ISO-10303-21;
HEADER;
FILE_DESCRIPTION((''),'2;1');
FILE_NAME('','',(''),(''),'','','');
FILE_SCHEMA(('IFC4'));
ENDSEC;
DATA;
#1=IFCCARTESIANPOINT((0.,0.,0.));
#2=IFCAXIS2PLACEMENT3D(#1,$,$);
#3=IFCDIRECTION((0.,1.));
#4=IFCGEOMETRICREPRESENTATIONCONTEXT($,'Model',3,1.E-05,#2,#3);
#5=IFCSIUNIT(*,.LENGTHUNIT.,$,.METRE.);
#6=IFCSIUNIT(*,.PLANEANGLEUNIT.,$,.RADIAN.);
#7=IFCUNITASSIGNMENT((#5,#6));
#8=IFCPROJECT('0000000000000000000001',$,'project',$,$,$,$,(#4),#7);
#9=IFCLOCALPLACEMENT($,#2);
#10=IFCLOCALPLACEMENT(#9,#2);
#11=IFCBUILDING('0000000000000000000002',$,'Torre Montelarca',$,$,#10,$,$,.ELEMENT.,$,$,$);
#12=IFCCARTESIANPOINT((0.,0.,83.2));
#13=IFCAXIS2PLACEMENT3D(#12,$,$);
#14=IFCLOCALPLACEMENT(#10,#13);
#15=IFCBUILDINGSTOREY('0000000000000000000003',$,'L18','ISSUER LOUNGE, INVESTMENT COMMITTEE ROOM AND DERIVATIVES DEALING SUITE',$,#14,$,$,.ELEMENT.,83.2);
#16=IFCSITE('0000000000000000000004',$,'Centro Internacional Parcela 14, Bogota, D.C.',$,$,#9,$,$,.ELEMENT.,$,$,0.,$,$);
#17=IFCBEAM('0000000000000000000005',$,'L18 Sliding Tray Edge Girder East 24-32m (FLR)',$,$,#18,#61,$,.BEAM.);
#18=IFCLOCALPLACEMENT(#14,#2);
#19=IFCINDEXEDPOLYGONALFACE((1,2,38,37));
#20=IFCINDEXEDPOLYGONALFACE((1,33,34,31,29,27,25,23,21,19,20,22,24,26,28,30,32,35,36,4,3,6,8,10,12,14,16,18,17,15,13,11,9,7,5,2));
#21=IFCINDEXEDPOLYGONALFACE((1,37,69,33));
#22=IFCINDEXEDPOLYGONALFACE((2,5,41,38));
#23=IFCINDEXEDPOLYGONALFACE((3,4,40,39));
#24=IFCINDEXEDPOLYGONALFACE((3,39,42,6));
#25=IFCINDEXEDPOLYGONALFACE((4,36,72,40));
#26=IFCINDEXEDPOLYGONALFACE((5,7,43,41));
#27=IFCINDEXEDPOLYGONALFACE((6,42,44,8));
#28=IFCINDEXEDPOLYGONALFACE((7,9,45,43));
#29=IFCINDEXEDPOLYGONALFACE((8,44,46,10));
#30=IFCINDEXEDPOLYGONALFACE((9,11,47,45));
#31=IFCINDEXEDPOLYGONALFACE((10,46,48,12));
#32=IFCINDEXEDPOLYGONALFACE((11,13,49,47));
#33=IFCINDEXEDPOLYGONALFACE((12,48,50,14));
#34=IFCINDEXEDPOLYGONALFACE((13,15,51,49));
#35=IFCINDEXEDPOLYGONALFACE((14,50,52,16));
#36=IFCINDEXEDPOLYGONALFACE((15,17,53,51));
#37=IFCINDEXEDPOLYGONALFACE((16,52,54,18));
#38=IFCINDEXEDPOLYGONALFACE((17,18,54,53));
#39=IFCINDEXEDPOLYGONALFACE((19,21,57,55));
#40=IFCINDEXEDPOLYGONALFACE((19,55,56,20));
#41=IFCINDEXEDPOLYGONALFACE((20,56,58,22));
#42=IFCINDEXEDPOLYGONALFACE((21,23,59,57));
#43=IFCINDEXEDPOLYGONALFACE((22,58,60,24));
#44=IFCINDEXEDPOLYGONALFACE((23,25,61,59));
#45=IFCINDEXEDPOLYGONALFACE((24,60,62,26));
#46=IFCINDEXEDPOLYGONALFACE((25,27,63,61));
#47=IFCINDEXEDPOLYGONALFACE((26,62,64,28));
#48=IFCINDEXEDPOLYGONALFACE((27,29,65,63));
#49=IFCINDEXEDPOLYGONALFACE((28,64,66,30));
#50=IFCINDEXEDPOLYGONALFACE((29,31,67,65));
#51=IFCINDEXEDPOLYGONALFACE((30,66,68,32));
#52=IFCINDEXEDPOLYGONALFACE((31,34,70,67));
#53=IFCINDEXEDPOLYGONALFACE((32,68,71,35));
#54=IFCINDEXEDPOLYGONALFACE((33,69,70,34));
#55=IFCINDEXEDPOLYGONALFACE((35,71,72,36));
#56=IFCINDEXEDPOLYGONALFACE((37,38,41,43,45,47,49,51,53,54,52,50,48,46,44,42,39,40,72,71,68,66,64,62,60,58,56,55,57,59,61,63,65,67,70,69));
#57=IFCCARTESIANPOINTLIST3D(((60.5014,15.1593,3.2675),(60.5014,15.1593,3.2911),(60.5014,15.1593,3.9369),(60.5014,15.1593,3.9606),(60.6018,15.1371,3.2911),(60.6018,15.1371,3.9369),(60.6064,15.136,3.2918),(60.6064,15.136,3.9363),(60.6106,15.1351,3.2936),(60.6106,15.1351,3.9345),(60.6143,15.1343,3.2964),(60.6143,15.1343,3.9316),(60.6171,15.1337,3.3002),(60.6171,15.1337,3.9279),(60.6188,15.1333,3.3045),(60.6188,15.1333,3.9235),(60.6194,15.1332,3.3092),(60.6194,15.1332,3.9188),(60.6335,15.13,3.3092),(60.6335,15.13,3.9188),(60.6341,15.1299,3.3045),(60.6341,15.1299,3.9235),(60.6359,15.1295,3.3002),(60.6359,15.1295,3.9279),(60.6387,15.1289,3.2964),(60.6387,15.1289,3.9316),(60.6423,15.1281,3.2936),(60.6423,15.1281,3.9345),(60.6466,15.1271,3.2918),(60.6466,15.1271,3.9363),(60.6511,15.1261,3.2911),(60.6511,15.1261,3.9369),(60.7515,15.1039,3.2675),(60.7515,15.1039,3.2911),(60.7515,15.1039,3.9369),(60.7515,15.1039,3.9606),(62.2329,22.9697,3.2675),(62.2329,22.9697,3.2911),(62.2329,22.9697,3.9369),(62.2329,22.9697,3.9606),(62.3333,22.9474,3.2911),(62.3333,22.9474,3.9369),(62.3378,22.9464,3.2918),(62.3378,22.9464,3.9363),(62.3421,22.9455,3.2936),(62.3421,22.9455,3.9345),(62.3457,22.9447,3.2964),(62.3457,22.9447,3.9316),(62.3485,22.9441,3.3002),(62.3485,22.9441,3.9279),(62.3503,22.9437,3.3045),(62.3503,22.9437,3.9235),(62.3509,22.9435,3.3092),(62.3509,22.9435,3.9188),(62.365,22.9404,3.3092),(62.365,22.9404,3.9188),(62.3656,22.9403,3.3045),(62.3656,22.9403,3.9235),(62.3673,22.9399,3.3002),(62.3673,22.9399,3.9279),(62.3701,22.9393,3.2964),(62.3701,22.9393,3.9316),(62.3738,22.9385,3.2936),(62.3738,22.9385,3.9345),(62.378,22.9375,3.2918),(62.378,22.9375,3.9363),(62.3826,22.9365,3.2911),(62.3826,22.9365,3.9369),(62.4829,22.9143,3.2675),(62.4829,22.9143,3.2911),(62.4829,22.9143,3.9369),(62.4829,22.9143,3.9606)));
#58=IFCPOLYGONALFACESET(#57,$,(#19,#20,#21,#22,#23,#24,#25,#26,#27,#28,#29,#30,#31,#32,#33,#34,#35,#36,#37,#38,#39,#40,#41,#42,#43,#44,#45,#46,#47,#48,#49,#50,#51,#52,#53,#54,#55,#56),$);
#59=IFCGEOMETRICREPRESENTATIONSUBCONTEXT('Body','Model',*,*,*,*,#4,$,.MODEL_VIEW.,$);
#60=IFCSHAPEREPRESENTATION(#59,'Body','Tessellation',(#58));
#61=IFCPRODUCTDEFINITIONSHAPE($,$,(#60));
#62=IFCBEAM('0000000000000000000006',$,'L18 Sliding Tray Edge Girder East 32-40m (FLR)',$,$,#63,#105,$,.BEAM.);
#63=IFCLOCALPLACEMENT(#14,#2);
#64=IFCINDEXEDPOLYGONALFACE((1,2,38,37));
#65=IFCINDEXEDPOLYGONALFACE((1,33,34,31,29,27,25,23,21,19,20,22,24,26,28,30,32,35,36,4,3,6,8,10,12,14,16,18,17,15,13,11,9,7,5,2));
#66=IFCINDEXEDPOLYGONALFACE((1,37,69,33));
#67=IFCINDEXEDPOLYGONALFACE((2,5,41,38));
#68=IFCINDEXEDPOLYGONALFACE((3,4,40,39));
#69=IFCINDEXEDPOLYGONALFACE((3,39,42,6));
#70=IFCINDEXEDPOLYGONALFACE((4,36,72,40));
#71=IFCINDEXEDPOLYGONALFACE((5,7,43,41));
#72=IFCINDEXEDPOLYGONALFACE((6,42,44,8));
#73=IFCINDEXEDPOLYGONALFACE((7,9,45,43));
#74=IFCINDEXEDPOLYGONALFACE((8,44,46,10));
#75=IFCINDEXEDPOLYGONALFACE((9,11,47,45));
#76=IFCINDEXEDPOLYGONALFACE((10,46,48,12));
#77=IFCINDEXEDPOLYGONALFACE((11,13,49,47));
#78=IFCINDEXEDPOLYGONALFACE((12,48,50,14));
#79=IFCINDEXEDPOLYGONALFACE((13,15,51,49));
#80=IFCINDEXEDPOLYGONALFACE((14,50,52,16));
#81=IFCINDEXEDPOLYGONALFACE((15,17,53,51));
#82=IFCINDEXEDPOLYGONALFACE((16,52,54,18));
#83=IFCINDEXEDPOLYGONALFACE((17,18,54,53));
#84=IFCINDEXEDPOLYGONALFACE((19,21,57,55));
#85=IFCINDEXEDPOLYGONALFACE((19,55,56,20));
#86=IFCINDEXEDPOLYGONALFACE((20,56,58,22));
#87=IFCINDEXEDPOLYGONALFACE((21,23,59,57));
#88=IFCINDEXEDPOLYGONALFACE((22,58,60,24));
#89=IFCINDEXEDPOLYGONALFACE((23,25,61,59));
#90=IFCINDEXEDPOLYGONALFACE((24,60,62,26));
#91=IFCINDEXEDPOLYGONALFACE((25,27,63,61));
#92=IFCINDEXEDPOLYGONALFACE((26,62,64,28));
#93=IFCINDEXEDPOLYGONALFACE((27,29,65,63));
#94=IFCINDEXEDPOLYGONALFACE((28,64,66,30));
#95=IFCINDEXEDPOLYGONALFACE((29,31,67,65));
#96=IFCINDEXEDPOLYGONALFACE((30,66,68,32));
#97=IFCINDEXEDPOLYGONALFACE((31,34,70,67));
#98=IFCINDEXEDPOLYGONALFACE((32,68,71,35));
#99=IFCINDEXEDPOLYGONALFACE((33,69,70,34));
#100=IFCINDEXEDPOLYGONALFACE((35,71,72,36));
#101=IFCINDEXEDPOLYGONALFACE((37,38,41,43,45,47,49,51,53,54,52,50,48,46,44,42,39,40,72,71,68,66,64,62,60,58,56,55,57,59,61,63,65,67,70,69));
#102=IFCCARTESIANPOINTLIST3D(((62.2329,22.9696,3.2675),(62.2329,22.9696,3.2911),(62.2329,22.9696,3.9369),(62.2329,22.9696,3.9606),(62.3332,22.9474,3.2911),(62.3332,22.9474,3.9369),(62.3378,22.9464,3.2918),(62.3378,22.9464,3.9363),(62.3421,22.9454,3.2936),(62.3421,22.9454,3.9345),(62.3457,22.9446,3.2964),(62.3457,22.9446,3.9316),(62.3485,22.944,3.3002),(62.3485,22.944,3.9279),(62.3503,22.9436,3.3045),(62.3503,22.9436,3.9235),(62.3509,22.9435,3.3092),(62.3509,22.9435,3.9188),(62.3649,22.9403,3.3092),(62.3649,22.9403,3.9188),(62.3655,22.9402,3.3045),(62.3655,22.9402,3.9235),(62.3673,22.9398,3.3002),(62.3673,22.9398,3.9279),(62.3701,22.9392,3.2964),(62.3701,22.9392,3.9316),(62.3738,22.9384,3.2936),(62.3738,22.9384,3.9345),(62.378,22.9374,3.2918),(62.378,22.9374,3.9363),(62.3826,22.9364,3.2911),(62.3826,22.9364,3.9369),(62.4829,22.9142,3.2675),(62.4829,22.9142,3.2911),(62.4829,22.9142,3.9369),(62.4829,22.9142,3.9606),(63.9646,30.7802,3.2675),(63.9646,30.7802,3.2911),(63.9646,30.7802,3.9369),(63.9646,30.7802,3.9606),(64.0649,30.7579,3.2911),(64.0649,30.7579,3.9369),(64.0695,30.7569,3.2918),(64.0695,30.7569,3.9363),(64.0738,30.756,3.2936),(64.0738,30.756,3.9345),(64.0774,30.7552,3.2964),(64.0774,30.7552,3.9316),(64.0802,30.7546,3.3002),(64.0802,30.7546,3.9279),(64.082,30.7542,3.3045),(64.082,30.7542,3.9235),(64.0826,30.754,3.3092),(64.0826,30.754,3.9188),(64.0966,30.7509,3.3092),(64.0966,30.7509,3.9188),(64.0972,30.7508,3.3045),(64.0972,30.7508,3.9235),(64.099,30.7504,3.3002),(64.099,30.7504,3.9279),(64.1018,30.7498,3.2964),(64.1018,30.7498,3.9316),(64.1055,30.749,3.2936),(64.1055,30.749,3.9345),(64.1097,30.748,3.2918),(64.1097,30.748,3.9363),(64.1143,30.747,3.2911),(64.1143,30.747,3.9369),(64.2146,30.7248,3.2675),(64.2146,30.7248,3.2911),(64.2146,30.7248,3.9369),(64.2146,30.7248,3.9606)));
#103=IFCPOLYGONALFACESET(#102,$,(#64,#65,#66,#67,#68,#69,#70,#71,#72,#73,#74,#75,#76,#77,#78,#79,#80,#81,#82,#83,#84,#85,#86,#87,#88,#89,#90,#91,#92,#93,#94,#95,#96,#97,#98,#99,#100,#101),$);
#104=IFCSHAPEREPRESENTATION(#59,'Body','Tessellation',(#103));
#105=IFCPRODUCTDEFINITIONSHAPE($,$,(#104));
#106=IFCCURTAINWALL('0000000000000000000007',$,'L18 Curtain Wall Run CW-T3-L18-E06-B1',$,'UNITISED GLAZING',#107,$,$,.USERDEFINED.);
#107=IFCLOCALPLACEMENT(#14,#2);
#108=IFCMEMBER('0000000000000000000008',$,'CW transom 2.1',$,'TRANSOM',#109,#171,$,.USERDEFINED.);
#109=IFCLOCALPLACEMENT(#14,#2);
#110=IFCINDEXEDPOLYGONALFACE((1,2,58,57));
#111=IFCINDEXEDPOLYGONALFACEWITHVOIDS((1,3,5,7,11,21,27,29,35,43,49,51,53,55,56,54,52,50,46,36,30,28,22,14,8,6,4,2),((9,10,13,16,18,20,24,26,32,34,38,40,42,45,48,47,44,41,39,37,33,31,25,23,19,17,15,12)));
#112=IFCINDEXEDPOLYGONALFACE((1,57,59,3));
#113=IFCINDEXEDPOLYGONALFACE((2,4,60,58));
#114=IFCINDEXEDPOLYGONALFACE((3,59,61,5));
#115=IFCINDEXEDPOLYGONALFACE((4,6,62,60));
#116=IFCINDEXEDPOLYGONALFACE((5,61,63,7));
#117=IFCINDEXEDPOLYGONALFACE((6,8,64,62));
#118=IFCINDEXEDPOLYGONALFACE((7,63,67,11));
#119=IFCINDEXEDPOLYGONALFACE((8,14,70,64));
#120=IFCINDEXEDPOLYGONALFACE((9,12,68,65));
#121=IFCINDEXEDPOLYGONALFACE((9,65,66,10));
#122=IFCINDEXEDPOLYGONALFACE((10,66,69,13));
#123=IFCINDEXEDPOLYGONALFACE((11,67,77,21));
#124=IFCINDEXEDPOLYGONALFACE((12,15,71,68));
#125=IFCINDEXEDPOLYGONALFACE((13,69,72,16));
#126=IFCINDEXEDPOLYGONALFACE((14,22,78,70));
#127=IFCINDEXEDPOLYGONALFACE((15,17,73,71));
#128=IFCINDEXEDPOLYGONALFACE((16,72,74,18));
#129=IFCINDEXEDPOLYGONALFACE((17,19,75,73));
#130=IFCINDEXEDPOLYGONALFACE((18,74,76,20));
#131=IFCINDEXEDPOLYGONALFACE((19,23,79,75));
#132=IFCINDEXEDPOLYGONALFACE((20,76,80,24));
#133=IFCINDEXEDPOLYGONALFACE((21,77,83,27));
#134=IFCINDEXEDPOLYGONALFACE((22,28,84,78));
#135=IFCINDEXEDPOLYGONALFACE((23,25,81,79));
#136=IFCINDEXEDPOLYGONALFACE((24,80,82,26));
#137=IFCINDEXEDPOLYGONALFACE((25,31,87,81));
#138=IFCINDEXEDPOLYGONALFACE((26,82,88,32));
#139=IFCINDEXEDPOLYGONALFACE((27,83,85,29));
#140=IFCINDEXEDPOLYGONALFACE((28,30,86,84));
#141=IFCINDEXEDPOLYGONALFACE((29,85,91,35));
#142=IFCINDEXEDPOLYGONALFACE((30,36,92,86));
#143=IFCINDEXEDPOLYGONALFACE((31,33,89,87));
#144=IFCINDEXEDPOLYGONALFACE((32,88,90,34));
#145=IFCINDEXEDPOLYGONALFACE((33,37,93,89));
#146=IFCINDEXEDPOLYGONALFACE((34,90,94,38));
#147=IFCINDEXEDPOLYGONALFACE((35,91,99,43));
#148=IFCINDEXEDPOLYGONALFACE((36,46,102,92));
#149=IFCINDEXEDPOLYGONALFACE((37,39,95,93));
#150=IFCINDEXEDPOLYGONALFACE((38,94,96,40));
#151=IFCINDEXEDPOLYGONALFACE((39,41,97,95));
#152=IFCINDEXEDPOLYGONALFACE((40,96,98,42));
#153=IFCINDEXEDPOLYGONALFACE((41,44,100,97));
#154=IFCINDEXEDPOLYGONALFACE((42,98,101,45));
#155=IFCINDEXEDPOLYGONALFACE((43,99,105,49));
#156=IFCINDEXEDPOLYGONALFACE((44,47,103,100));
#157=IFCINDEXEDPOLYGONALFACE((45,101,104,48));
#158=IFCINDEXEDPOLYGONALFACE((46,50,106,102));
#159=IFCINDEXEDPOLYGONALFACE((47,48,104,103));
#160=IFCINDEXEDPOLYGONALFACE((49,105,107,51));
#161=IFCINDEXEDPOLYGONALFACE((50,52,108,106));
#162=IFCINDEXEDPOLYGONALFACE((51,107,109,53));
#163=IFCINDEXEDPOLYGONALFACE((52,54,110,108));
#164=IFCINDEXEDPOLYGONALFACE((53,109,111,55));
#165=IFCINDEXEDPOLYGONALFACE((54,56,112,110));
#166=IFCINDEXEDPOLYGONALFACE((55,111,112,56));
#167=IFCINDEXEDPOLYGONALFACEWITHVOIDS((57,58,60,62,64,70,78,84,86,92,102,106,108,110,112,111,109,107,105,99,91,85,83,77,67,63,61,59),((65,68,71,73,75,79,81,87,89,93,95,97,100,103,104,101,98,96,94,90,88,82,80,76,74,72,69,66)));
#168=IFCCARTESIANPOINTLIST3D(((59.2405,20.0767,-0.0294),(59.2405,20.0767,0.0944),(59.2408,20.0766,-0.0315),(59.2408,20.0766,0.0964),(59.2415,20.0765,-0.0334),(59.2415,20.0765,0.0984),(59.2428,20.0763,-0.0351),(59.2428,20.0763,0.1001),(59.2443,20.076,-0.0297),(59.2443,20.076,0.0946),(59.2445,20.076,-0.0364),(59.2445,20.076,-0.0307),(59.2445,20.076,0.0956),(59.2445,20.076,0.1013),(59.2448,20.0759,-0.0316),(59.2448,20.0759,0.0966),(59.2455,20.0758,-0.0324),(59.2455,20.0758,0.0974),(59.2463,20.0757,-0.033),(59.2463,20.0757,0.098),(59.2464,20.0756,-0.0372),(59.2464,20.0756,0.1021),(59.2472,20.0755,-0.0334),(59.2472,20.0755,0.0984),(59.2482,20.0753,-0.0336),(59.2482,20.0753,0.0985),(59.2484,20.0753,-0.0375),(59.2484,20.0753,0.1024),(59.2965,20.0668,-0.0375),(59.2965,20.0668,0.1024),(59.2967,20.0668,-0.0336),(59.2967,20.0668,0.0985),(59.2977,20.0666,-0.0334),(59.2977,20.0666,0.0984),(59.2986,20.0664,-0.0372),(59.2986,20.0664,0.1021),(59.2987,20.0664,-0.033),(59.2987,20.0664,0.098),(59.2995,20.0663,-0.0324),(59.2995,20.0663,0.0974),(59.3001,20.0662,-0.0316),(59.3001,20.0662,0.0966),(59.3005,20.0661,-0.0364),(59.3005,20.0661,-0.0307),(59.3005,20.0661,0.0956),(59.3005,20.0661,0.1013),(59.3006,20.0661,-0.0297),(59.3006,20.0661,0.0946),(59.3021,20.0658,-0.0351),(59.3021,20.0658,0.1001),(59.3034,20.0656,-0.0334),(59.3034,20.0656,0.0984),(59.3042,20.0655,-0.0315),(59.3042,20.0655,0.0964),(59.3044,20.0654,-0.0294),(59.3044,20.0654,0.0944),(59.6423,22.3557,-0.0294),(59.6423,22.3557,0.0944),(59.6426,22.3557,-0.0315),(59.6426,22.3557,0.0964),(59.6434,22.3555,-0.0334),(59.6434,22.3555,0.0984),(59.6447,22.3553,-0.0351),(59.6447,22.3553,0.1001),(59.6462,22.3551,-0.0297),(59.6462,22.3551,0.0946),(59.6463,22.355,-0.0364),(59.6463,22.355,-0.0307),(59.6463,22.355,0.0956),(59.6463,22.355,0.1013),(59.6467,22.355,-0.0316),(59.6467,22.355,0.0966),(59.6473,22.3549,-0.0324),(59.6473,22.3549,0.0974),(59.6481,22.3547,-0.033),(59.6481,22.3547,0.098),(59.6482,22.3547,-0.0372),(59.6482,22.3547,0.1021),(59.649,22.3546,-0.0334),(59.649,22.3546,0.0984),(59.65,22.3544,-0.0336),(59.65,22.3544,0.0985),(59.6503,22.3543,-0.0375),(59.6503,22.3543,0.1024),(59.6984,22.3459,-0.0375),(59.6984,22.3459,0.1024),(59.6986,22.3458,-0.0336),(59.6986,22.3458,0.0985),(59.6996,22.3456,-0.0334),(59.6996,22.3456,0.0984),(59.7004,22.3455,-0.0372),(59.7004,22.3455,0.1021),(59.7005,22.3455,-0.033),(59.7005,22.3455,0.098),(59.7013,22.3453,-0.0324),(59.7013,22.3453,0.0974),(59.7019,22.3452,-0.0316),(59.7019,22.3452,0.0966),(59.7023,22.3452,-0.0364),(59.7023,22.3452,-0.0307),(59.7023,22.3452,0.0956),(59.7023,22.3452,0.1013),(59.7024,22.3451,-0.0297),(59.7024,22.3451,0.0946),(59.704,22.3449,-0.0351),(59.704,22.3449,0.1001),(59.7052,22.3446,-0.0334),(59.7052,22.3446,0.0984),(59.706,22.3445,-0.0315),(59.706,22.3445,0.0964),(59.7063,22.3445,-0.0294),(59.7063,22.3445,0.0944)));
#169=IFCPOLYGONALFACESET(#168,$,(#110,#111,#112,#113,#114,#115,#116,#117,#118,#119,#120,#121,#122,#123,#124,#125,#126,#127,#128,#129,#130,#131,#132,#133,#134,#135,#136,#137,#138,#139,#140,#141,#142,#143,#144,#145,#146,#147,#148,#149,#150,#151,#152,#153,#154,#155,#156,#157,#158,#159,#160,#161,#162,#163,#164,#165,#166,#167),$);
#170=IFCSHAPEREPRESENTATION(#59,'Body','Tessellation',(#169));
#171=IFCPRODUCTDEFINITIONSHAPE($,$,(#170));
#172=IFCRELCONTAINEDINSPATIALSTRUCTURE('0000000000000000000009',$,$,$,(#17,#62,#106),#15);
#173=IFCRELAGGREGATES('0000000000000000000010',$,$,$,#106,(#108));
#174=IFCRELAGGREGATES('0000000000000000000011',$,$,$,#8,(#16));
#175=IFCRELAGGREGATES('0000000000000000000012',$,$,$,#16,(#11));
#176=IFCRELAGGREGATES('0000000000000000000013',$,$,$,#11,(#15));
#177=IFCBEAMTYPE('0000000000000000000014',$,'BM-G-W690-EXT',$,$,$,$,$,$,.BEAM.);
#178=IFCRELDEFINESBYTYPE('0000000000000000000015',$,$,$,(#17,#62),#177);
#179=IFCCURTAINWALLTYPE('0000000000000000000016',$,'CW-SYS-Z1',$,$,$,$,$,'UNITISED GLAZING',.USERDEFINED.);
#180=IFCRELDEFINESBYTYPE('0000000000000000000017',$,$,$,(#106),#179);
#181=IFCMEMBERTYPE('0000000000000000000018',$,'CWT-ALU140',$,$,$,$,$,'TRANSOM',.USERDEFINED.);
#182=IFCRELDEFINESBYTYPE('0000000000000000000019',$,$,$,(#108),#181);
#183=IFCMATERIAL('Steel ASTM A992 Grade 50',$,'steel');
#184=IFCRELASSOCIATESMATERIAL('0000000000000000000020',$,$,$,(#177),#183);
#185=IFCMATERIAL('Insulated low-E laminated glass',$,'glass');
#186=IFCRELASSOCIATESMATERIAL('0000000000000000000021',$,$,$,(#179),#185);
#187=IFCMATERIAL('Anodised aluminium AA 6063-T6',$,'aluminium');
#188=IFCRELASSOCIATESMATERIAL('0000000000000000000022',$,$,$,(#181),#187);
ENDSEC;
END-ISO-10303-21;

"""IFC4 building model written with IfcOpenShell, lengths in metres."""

from ifc_helpers import new_model, si_unit, direction, frame, origin, origin_2d, place, context, subcontext, project, spatial, hollow_rectangle, i_section, extrude, source, transform, mapped, material, material_profile, profile_set, type_object, element, aggregate, save


model = new_model("IFC4")

# Units and contexts
model_context = context("Model", 3, precision=1e-05, world=origin(), true_north=direction((0.0, 1.0)))
body_context = subcontext(model_context, "Body", "Model", "MODEL_VIEW")
ifc_project = project(units=[si_unit("LENGTHUNIT", "METRE"), si_unit("PLANEANGLEUNIT", "RADIAN")], contexts=[model_context])

# Site, building, storey
site_placement = place(None, origin())
site = spatial("IfcSite", under=ifc_project, at=site_placement, Name="Centro Internacional Parcela 14, Bogota, D.C.", CompositionType="ELEMENT", RefElevation=0.0)
building_placement = place(site_placement, origin())
building = spatial("IfcBuilding", under=site, at=building_placement, Name="Torre Montelarca", CompositionType="ELEMENT")
storey_placement = place(building_placement, frame((0.0, 0.0, 83.2)))
storey = spatial("IfcBuildingStorey", under=building, at=storey_placement, Name="L18", Description="ISSUER LOUNGE, INVESTMENT COMMITTEE ROOM AND DERIVATIVES DEALING SUITE", CompositionType="ELEMENT", Elevation=83.2)

# Beams
ifc_material_1 = material(Name="Steel ASTM A992 Grade 50", Category="steel")
ifc_material_profile_1 = material_profile(ifc_material_1, i_section(OverallWidth=0.2561, OverallDepth=0.6931, WebThickness=0.0144, FlangeThickness=0.0237, FilletRadius=0.0181, at=origin_2d()), Name="W690X170", Category="steel")
ifc_profile_set_1 = profile_set([ifc_material_profile_1], Name="Steel ASTM A992 Grade 50")
beam_type_1 = type_object("IfcBeamType", Name="BM-G-W690-EXT", PredefinedType="BEAM", material=ifc_profile_set_1)
shared_shape_1 = source(origin(), body_context, "Body", "SweptSolid", [
    extrude(i_section(OverallWidth=0.2561, OverallDepth=0.6931, WebThickness=0.0144, FlangeThickness=0.0237, FilletRadius=0.0181, at=origin_2d()), origin(), (0.0, 0.0, 1.0), 8.0),
])
beam_1_placement = place(storey_placement, frame((60.6265, 15.1316, 3.614), z_axis=(0.216433, 0.976298, 0.0), x_axis=(-0.976298, 0.216433, 0.0)))
element("IfcBeam", 1, at=beam_1_placement, inside=storey, type_object=beam_type_1, Name="L18 Sliding Tray Edge Girder East 24-32m (FLR)", PredefinedType="BEAM", context=body_context, shape_type="MappedRepresentation", body=[
    mapped(shared_shape_1, transform((0.0, 0.0, 0.0), scale=1.0)),
])
shared_shape_2 = source(origin(), body_context, "Body", "SweptSolid", [
    extrude(i_section(OverallWidth=0.2561, OverallDepth=0.6931, WebThickness=0.0144, FlangeThickness=0.0237, FilletRadius=0.0181, at=origin_2d()), origin(), (0.0, 0.0, 1.0), 8.0002),
])
beam_2_placement = place(storey_placement, frame((62.3579, 22.9419, 3.614), z_axis=(0.216455, 0.976292, 0.0), x_axis=(-0.976292, 0.216455, 0.0)))
element("IfcBeam", 2, at=beam_2_placement, inside=storey, type_object=beam_type_1, Name="L18 Sliding Tray Edge Girder East 32-40m (FLR)", PredefinedType="BEAM", context=body_context, shape_type="MappedRepresentation", body=[
    mapped(shared_shape_2, transform((0.0, 0.0, 0.0), scale=1.0)),
])

# Curtain wall, member
ifc_material_2 = material(Name="Insulated low-E laminated glass", Category="glass")
curtain_wall_type = type_object("IfcCurtainWallType", Name="CW-SYS-Z1", ElementType="UNITISED GLAZING", PredefinedType="USERDEFINED", material=ifc_material_2)
curtain_wall_1_placement = place(storey_placement, origin())
curtain_wall_1 = element("IfcCurtainWall", 3, at=curtain_wall_1_placement, inside=storey, type_object=curtain_wall_type, Name="L18 Curtain Wall Run CW-T3-L18-E06-B1", ObjectType="UNITISED GLAZING", PredefinedType="USERDEFINED")
ifc_material_3 = material(Name="Anodised aluminium AA 6063-T6", Category="aluminium")
ifc_material_profile_2 = material_profile(ifc_material_3, hollow_rectangle(XDim=0.0649, YDim=0.1399, WallThickness=0.0039, InnerFilletRadius=0.0039, OuterFilletRadius=0.0081, at=origin_2d()), Name="ALU65X140X4", Category="aluminium")
ifc_profile_set_2 = profile_set([ifc_material_profile_2], Name="Anodised aluminium AA 6063-T6")
member_type_1 = type_object("IfcMemberType", Name="CWT-ALU140", ElementType="TRANSOM", PredefinedType="USERDEFINED", material=ifc_profile_set_2)
shared_shape_3 = source(origin(), body_context, "Body", "SweptSolid", [
    extrude(hollow_rectangle(XDim=0.0649, YDim=0.1399, WallThickness=0.0039, InnerFilletRadius=0.0039, OuterFilletRadius=0.0081, at=origin_2d()), origin(), (0.0, 0.0, 1.0), 2.3142),
])
member_1_placement = place(storey_placement, frame((59.2725, 20.071, 0.0325), z_axis=(0.173647, 0.984808, 0.0), x_axis=(-0.984808, 0.173647, 0.0)))
member_1 = element("IfcMember", 4, at=member_1_placement, type_object=member_type_1, Name="CW transom 2.1", ObjectType="TRANSOM", PredefinedType="USERDEFINED", context=body_context, shape_type="MappedRepresentation", body=[
    mapped(shared_shape_3, transform((0.0, 0.0, 0.0), scale=1.0)),
])

aggregate(curtain_wall_1, [member_1])

save(model, "model.ifc")
